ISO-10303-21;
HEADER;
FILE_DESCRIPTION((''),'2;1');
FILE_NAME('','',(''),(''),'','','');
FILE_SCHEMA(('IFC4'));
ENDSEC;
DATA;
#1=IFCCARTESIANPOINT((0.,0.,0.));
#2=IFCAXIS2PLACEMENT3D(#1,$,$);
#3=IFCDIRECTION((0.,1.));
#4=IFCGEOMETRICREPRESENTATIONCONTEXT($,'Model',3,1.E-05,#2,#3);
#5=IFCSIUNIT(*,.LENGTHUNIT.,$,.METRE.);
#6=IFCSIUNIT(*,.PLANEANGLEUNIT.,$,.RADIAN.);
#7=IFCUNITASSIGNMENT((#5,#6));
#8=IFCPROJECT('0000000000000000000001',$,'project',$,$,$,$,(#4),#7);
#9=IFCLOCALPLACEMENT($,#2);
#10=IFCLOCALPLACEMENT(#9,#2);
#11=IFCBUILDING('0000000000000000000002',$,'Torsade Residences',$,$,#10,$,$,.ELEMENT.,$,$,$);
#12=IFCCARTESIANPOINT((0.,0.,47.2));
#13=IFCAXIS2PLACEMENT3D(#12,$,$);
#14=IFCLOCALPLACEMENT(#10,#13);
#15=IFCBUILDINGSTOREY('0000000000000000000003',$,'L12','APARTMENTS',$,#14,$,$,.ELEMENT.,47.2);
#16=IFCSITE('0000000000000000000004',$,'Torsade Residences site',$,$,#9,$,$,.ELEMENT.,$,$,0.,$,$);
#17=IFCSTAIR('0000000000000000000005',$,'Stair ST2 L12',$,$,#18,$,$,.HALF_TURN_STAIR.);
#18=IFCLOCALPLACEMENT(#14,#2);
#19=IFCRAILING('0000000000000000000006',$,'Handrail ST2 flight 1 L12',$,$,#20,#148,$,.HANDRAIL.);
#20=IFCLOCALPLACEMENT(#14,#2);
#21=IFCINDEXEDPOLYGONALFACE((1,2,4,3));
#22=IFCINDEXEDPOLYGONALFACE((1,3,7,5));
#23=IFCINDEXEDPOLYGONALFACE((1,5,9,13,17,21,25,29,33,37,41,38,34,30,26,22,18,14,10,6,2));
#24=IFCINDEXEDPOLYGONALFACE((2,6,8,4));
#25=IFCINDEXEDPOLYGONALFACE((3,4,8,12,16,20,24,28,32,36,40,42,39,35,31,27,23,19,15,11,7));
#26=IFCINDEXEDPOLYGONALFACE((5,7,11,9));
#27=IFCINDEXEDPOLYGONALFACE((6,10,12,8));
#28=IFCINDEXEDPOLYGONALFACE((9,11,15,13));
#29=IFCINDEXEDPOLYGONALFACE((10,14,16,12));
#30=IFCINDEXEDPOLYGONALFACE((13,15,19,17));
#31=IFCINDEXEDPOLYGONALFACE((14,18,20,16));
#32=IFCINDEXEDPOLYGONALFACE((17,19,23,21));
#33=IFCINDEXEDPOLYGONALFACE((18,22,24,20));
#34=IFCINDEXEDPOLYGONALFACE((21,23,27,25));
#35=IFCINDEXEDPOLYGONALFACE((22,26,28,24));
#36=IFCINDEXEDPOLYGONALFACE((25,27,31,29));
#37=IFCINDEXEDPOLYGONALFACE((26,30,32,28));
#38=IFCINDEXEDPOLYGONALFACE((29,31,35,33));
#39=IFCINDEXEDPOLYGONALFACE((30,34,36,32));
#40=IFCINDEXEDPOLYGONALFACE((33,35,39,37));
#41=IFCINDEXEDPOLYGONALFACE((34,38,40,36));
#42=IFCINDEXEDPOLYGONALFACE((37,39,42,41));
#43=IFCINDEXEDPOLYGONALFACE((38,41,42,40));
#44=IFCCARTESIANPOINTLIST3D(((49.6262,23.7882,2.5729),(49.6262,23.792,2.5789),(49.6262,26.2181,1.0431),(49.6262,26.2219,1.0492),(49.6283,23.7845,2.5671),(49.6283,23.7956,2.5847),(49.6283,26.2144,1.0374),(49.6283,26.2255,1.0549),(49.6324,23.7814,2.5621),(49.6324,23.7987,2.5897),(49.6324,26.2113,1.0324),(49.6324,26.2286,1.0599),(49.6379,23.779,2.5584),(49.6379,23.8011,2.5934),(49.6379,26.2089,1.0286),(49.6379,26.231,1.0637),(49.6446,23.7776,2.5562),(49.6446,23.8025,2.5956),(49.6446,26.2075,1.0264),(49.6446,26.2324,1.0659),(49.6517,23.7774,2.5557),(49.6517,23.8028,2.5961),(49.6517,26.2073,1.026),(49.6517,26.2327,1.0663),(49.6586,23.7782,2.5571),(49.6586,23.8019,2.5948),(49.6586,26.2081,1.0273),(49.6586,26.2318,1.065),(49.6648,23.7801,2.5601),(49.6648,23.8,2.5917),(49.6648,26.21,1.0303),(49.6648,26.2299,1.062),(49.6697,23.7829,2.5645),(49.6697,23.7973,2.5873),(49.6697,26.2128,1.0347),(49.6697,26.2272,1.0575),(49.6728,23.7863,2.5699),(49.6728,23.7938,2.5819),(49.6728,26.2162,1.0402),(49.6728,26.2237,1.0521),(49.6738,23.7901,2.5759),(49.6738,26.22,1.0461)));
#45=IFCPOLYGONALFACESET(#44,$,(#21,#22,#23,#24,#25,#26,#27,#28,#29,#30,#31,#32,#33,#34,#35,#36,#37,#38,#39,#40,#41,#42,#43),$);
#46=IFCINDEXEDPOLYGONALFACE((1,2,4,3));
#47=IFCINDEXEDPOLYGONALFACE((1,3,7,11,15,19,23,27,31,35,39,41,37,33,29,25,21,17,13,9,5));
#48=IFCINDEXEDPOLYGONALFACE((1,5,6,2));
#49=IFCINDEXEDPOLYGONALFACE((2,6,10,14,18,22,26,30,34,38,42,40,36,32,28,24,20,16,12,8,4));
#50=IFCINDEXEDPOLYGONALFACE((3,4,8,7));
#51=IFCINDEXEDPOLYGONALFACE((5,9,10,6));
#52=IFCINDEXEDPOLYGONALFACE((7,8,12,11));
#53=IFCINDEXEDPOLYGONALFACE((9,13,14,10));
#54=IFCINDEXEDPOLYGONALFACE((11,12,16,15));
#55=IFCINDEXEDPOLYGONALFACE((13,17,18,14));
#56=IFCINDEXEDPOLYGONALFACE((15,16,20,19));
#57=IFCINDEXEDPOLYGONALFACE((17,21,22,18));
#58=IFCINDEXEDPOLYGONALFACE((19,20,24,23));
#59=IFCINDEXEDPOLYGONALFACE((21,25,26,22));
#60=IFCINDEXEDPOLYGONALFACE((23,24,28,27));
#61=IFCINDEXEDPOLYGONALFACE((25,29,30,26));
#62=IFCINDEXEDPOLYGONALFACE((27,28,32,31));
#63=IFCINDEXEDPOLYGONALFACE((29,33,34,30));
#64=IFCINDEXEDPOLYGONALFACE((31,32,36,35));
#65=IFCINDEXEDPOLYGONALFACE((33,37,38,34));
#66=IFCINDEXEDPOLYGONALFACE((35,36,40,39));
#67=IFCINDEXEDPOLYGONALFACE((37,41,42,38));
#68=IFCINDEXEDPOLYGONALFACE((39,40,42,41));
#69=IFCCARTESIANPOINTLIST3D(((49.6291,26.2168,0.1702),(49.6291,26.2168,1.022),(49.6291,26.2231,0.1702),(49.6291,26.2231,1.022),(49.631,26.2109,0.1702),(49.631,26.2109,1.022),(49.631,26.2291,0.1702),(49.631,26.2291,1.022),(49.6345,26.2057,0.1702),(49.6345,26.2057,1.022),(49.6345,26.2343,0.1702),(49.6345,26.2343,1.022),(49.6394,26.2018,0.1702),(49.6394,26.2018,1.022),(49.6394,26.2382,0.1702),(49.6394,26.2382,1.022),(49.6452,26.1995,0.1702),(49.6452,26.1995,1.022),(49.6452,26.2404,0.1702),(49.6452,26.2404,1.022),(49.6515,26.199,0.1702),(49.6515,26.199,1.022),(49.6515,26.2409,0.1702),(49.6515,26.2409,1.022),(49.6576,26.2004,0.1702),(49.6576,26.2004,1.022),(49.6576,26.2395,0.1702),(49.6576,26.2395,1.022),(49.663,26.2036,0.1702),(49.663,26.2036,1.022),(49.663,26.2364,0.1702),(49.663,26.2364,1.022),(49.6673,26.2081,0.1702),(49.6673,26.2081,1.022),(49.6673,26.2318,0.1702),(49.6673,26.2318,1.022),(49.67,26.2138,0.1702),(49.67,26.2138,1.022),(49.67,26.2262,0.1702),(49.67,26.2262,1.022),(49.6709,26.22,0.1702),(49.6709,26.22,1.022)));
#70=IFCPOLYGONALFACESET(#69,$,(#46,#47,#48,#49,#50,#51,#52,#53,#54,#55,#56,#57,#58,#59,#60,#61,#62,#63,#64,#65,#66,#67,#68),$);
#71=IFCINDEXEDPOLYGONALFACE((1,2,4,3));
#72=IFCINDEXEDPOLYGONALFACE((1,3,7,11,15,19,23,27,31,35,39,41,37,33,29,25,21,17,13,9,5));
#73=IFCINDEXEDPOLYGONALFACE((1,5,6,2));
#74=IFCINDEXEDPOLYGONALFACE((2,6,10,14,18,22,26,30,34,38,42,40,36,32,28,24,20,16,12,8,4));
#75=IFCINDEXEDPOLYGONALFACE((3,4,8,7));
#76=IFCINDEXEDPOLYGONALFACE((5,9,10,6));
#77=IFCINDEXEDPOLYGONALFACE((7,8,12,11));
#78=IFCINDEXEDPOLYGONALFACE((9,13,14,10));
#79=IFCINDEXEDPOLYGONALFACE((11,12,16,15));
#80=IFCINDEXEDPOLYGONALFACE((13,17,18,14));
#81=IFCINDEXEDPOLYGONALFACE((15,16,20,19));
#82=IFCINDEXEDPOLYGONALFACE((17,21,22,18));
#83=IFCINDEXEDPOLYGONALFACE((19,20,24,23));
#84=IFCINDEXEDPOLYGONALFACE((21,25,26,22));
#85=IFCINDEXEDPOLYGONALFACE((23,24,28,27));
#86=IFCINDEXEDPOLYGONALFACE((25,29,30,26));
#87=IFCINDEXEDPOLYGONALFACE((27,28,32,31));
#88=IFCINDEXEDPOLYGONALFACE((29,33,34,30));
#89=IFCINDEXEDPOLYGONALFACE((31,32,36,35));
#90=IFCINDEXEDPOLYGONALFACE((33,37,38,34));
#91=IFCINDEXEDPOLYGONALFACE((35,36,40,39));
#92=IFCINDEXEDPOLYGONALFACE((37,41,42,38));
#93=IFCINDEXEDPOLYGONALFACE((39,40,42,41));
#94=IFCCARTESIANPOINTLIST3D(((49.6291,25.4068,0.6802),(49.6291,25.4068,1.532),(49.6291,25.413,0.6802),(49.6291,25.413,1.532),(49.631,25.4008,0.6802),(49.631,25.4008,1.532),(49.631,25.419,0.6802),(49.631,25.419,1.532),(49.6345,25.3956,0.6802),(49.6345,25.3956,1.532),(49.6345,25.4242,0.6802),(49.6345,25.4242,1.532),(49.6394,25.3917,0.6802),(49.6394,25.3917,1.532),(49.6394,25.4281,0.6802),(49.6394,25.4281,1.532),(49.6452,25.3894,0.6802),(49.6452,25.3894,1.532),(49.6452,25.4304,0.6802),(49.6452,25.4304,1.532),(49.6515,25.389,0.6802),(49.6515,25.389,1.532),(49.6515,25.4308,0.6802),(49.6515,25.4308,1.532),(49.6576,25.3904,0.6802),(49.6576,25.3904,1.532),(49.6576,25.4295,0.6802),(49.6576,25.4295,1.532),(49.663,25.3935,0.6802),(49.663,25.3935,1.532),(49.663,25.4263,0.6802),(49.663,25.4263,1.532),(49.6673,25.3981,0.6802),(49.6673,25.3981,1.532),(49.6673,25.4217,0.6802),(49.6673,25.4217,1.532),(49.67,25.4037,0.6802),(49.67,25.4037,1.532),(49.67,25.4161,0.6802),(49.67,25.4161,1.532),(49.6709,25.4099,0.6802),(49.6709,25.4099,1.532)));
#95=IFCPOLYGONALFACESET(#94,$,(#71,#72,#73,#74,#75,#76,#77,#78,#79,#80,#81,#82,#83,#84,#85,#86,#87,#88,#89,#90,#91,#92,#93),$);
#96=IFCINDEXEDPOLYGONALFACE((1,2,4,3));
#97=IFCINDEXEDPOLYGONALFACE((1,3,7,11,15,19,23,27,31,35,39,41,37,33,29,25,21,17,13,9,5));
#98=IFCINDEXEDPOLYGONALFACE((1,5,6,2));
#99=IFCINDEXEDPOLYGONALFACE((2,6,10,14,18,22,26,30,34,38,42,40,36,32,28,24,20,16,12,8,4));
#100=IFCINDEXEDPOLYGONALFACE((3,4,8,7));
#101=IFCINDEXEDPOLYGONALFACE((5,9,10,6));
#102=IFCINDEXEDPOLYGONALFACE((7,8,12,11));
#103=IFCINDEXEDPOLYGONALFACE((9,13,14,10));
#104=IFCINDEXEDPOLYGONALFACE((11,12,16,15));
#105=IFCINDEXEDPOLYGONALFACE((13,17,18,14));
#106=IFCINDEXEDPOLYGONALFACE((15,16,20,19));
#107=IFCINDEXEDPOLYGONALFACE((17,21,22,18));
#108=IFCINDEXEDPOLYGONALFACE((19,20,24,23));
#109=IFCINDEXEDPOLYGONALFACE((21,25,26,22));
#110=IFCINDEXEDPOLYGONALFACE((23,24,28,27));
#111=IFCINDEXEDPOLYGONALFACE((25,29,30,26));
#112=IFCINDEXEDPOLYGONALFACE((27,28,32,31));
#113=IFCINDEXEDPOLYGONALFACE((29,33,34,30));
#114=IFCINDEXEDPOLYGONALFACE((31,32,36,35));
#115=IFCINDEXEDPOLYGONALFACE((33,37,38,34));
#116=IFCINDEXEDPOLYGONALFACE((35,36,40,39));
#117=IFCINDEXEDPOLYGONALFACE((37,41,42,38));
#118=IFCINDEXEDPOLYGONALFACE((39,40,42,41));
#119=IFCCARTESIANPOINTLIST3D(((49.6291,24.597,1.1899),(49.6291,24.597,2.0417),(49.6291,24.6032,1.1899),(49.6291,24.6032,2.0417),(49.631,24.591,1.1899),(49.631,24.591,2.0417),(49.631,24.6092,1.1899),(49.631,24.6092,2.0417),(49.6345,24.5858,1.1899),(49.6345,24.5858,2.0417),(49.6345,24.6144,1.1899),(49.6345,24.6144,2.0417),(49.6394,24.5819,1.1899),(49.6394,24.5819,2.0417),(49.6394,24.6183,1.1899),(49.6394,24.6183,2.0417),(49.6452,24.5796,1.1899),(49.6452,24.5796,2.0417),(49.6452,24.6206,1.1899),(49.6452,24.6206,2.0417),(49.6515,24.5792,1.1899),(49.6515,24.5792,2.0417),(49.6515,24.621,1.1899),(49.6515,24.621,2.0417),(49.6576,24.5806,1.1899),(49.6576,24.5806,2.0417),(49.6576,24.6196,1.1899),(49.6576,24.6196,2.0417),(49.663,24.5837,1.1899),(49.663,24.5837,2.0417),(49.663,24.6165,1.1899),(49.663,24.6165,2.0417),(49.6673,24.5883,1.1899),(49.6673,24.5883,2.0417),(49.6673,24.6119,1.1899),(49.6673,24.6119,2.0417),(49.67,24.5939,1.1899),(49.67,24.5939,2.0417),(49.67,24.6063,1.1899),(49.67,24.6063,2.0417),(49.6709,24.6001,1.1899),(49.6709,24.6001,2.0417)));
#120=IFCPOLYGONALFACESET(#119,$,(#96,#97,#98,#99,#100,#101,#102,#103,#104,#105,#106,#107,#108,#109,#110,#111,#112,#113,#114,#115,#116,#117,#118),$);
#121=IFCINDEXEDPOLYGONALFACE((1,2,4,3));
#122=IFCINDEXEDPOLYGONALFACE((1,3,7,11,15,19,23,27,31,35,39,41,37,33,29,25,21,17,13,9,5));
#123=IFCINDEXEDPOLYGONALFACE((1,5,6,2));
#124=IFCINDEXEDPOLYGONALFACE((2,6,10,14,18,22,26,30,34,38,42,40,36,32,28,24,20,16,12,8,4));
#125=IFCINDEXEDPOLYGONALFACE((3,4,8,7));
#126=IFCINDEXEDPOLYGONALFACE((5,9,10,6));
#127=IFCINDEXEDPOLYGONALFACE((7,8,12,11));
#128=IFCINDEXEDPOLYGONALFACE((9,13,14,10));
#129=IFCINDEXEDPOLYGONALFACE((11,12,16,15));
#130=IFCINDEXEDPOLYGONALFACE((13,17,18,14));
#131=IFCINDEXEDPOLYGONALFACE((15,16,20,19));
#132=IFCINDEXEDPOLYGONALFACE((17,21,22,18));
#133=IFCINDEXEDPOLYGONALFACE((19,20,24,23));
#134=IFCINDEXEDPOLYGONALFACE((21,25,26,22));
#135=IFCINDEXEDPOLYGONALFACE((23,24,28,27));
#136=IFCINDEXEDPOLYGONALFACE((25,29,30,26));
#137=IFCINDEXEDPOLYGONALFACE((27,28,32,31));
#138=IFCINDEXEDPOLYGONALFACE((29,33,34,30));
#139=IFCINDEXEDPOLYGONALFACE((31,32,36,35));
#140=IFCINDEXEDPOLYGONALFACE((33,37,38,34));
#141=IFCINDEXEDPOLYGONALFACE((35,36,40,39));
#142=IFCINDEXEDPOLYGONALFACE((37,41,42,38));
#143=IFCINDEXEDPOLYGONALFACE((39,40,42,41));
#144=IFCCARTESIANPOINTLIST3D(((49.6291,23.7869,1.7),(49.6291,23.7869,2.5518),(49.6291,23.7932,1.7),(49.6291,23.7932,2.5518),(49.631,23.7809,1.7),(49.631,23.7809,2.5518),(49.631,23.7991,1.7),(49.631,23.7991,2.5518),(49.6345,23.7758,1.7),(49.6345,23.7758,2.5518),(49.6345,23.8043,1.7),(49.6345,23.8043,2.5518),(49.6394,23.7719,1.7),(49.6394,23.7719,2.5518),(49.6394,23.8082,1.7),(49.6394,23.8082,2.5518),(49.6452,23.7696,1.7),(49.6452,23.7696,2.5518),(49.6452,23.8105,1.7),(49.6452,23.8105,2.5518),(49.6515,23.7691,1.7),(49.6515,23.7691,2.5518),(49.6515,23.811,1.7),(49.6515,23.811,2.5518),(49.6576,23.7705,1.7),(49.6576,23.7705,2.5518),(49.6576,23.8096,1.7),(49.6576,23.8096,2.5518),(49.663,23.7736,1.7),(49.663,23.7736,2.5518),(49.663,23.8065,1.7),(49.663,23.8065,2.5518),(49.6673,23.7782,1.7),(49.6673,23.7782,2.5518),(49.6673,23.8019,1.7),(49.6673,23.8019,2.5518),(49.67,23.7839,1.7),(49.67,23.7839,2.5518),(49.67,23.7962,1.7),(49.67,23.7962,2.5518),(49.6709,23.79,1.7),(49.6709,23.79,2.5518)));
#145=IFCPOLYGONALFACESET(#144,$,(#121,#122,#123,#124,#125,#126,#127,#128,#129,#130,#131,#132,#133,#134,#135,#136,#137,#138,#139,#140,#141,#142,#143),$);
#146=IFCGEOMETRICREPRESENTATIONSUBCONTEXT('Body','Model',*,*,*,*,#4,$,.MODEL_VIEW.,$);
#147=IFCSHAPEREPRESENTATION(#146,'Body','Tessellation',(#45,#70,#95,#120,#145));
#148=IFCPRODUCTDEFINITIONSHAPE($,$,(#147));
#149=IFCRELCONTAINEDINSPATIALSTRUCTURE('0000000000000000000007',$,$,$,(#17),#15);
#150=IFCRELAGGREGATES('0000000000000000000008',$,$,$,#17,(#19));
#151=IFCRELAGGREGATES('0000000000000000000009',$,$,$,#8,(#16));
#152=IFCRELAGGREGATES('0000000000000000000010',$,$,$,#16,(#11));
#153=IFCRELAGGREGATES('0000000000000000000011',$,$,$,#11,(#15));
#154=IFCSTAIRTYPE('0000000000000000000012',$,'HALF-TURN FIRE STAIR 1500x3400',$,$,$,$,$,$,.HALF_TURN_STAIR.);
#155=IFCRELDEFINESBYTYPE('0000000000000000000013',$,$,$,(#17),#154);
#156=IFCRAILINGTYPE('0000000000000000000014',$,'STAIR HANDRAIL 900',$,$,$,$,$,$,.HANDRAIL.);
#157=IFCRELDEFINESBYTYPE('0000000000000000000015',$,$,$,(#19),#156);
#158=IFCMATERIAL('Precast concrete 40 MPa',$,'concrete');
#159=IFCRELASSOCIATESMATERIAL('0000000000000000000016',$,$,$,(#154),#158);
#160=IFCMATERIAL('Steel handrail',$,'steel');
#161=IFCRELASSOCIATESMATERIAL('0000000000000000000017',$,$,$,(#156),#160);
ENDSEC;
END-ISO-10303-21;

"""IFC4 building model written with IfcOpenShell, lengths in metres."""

from ifc_helpers import new_model, si_unit, direction, frame, origin, origin_2d, place, context, subcontext, project, spatial, circle, extrude, material, type_object, element, aggregate, save


model = new_model("IFC4")

# Units and contexts
model_context = context("Model", 3, precision=1e-05, world=origin(), true_north=direction((0.0, 1.0)))
body_context = subcontext(model_context, "Body", "Model", "MODEL_VIEW")
ifc_project = project(units=[si_unit("LENGTHUNIT", "METRE"), si_unit("PLANEANGLEUNIT", "RADIAN")], contexts=[model_context])

# Site, building, storey
site_placement = place(None, origin())
site = spatial("IfcSite", under=ifc_project, at=site_placement, Name="Torsade Residences site", CompositionType="ELEMENT", RefElevation=0.0)
building_placement = place(site_placement, origin())
building = spatial("IfcBuilding", under=site, at=building_placement, Name="Torsade Residences", CompositionType="ELEMENT")
storey_placement = place(building_placement, frame((0.0, 0.0, 47.2)))
storey = spatial("IfcBuildingStorey", under=building, at=storey_placement, Name="L12", Description="APARTMENTS", CompositionType="ELEMENT", Elevation=47.2)

# Stair, railing
ifc_material_1 = material(Name="Precast concrete 40 MPa", Category="concrete")
stair_type = type_object("IfcStairType", Name="HALF-TURN FIRE STAIR 1500x3400", PredefinedType="HALF_TURN_STAIR", material=ifc_material_1)
stair_placement = place(storey_placement, origin())
stair = element("IfcStair", 1, at=stair_placement, inside=storey, type_object=stair_type, Name="Stair ST2 L12", PredefinedType="HALF_TURN_STAIR")
ifc_material_2 = material(Name="Steel handrail", Category="steel")
railing_type = type_object("IfcRailingType", Name="STAIR HANDRAIL 900", PredefinedType="HANDRAIL", material=ifc_material_2)
railing_1_placement = place(storey_placement, frame((49.6499, 26.22, 0.1702)))
railing_1 = element("IfcRailing", 2, at=railing_1_placement, type_object=railing_type, Name="Handrail ST2 flight 1 L12", PredefinedType="HANDRAIL", context=body_context, shape_type="SweptSolid", body=[
    extrude(circle(Radius=0.0239, at=origin_2d()), frame((0.0, 0.0, 0.876), z_axis=(0.0, -0.84626, 0.53277), x_axis=(1.0, 0.0, 0.0)), (0.0, 0.0, 1.0), 2.8713),
    extrude(circle(Radius=0.021, at=origin_2d()), origin(), (0.0, 0.0, 1.0), 0.8518),
    extrude(circle(Radius=0.021, at=origin_2d()), frame((0.0, -0.8101, 0.51)), (0.0, 0.0, 1.0), 0.8518),
    extrude(circle(Radius=0.021, at=origin_2d()), frame((0.0, -1.6199, 1.0198)), (0.0, 0.0, 1.0), 0.8518),
    extrude(circle(Radius=0.021, at=origin_2d()), frame((0.0, -2.4299, 1.5298)), (0.0, 0.0, 1.0), 0.8518),
])
aggregate(stair, [railing_1])

save(model, "model.ifc")
